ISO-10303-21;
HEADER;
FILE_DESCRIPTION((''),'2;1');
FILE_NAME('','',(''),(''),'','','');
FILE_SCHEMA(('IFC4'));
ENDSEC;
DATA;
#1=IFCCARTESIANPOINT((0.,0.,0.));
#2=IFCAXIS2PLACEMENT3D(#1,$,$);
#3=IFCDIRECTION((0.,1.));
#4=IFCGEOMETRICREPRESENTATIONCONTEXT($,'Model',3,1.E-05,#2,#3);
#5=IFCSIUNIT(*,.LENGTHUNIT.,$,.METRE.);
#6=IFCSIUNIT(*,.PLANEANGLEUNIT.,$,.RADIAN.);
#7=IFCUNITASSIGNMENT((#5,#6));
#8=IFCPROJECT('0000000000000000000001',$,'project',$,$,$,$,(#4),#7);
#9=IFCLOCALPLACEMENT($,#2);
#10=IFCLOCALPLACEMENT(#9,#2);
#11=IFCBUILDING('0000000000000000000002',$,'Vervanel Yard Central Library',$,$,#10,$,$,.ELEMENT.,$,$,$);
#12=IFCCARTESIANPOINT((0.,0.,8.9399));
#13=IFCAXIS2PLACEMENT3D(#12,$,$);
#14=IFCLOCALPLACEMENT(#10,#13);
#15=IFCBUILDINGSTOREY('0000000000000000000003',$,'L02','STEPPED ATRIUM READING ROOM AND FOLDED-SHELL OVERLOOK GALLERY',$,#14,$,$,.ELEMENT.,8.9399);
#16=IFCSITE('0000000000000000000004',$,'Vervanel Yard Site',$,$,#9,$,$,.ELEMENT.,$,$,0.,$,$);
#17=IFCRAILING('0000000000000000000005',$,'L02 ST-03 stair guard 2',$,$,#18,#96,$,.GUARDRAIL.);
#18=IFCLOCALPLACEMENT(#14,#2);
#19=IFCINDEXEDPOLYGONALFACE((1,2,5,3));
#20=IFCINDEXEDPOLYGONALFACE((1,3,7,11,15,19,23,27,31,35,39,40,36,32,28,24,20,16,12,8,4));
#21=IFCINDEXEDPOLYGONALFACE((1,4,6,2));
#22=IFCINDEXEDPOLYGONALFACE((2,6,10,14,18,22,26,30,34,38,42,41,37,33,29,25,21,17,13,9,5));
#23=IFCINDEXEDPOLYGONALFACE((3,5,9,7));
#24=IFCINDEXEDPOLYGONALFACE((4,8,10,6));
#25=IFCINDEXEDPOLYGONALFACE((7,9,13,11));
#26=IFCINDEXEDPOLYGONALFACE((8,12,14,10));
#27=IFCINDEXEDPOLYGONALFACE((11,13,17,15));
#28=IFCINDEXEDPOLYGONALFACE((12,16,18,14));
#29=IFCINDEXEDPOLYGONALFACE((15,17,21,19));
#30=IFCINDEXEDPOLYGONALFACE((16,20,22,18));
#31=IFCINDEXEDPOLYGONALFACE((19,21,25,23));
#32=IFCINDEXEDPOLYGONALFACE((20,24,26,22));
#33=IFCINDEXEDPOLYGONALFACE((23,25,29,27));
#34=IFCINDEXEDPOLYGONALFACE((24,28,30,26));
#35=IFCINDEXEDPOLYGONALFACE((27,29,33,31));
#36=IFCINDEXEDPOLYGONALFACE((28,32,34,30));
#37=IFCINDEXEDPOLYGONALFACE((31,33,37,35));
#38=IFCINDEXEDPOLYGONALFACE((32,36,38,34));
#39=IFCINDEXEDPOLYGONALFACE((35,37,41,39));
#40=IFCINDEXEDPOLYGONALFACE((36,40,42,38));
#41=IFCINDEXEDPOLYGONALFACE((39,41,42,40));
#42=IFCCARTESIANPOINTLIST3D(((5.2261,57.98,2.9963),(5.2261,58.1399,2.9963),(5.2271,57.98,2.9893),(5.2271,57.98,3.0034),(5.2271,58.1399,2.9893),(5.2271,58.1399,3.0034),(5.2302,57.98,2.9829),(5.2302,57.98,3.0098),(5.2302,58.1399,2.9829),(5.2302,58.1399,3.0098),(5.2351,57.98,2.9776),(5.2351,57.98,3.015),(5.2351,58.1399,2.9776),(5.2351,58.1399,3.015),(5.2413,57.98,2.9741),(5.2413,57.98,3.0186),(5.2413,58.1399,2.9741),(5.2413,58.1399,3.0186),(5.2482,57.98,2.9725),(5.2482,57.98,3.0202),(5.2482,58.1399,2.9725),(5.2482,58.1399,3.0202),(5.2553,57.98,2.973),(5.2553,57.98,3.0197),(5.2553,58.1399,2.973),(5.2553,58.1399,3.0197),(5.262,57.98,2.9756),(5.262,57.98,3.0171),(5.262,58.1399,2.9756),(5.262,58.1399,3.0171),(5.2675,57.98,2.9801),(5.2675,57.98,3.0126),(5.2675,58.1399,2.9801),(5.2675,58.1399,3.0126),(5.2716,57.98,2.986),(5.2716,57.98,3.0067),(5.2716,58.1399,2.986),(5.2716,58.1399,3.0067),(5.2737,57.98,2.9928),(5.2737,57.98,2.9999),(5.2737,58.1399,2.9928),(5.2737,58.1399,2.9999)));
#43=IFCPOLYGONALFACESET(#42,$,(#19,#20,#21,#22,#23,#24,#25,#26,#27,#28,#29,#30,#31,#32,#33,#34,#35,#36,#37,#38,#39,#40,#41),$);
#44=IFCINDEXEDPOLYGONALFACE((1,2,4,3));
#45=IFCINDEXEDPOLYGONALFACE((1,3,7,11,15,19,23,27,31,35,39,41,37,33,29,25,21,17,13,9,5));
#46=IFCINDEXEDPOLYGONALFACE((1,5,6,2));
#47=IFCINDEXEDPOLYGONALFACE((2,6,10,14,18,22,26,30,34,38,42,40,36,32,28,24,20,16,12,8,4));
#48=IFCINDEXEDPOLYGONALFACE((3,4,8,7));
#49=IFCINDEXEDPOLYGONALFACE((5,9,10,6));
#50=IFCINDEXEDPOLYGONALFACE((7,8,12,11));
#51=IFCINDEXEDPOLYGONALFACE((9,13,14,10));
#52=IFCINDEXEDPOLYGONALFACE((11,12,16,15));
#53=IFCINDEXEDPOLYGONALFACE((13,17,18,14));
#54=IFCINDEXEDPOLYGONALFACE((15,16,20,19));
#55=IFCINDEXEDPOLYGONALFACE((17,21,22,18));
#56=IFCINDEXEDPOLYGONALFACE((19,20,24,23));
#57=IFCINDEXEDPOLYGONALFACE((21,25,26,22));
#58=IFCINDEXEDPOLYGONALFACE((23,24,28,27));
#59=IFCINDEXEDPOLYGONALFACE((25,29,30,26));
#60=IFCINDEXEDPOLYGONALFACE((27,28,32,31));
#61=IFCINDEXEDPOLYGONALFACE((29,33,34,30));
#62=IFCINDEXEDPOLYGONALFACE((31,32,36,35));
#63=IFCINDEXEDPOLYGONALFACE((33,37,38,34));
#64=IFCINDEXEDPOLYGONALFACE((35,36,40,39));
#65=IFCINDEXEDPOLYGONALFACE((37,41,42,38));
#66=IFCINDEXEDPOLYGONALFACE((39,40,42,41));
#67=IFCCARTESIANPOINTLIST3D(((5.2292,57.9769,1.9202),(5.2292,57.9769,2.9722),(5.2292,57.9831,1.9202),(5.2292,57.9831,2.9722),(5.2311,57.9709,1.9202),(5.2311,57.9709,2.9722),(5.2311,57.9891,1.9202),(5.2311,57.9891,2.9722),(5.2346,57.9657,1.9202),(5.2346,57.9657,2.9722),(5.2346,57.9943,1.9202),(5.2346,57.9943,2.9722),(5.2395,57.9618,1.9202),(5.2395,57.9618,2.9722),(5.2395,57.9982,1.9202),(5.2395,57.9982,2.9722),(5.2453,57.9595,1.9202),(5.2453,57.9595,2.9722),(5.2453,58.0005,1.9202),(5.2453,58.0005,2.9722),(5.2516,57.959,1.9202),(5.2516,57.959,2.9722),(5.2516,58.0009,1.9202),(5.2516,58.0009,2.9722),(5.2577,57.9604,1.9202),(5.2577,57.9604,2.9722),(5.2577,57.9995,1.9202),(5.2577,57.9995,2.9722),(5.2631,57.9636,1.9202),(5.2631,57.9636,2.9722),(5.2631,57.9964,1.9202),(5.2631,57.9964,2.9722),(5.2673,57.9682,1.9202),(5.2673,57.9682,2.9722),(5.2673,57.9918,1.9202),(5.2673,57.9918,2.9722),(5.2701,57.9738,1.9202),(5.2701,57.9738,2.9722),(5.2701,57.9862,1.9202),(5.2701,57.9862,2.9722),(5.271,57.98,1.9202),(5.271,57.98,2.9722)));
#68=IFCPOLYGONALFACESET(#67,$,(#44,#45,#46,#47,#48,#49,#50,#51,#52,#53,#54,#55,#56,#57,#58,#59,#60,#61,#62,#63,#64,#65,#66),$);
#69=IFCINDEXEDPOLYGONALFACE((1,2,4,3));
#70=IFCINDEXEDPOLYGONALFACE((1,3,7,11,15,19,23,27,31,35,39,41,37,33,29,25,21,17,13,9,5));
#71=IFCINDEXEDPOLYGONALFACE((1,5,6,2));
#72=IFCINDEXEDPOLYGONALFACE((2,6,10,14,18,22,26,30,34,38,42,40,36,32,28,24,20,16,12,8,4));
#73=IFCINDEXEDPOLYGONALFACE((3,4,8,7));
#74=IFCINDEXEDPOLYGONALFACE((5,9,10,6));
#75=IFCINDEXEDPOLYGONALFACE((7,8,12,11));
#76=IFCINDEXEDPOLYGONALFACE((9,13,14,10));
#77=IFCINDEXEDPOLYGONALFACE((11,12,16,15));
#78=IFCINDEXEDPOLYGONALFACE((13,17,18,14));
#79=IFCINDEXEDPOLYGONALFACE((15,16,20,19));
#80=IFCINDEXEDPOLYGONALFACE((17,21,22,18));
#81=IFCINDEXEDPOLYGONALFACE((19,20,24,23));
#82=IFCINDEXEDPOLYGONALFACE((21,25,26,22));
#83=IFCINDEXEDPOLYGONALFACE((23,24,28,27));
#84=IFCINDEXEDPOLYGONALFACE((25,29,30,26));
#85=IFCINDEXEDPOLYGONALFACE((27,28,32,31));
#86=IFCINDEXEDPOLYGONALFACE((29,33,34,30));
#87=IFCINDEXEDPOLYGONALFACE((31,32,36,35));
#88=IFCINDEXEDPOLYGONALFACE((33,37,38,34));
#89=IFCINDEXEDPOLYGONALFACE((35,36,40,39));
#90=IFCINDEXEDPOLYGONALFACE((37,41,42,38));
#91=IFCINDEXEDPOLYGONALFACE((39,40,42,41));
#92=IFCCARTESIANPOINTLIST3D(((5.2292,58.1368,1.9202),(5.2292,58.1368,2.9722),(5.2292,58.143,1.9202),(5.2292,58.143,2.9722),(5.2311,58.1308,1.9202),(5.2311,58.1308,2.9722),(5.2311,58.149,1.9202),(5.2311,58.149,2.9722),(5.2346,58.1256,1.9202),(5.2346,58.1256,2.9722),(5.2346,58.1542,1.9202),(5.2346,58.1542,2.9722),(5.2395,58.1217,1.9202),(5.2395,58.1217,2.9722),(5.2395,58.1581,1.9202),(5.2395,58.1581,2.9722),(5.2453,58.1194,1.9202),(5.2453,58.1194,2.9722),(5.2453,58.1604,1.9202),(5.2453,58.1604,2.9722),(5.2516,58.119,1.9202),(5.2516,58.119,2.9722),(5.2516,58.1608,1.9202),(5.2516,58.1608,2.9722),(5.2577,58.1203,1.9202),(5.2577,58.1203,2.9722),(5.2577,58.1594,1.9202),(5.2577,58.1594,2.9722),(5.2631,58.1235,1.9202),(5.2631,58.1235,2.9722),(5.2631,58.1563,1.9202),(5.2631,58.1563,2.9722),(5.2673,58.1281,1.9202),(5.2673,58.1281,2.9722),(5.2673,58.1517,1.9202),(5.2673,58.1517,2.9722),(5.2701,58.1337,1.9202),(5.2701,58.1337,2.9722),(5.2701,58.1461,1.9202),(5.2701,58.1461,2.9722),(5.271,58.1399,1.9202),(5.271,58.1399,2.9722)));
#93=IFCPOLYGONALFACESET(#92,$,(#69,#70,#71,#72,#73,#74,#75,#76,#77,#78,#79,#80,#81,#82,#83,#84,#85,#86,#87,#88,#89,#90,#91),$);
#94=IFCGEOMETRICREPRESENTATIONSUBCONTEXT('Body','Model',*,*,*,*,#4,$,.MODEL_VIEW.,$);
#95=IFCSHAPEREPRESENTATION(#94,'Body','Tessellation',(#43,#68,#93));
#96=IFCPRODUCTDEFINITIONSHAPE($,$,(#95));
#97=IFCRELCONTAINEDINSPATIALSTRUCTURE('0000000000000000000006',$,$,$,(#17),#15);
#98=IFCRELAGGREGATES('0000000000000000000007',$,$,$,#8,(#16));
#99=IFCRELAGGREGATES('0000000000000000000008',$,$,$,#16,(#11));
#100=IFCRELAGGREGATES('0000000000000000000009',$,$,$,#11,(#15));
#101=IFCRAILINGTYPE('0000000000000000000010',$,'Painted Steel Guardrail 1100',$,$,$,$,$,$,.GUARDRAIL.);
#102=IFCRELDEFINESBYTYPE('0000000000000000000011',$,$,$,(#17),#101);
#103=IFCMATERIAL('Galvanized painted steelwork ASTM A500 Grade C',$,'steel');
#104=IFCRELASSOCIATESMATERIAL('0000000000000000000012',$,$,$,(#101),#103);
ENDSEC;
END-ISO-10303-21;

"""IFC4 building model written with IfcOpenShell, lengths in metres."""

from ifc_helpers import new_model, si_unit, direction, frame, origin, origin_2d, place, context, subcontext, project, spatial, circle, extrude, material, type_object, element, save


model = new_model("IFC4")

# Units and contexts
model_context = context("Model", 3, precision=1e-05, world=origin(), true_north=direction((0.0, 1.0)))
body_context = subcontext(model_context, "Body", "Model", "MODEL_VIEW")
ifc_project = project(units=[si_unit("LENGTHUNIT", "METRE"), si_unit("PLANEANGLEUNIT", "RADIAN")], contexts=[model_context])

# Site, building, storey
site_placement = place(None, origin())
site = spatial("IfcSite", under=ifc_project, at=site_placement, Name="Vervanel Yard Site", CompositionType="ELEMENT", RefElevation=0.0)
building_placement = place(site_placement, origin())
building = spatial("IfcBuilding", under=site, at=building_placement, Name="Vervanel Yard Central Library", CompositionType="ELEMENT")
storey_placement = place(building_placement, frame((0.0, 0.0, 8.9399)))
storey = spatial("IfcBuildingStorey", under=building, at=storey_placement, Name="L02", Description="STEPPED ATRIUM READING ROOM AND FOLDED-SHELL OVERLOOK GALLERY", CompositionType="ELEMENT", Elevation=8.9399)

# Shared definitions
ifc_material_1 = material(Name="Galvanized painted steelwork ASTM A500 Grade C", Category="steel")

# Railing
railing_type_1 = type_object("IfcRailingType", Name="Painted Steel Guardrail 1100", PredefinedType="GUARDRAIL", material=ifc_material_1)
railing_1_placement = place(storey_placement, frame((5.25, 57.98, 1.9202)))
element("IfcRailing", 1, at=railing_1_placement, inside=storey, type_object=railing_type_1, Name="L02 ST-03 stair guard 2", PredefinedType="GUARDRAIL", context=body_context, shape_type="SweptSolid", body=[
    extrude(circle(Radius=0.0239, at=origin_2d()), frame((0.0, 0.0, 1.0762), z_axis=(0.0, 1.0, 0.0), x_axis=(-1.0, 0.0, 0.0)), (0.0, 0.0, 1.0), 0.1599),
    extrude(circle(Radius=0.021, at=origin_2d()), origin(), (0.0, 0.0, 1.0), 1.052),
    extrude(circle(Radius=0.021, at=origin_2d()), frame((0.0, 0.1599, 0.0)), (0.0, 0.0, 1.0), 1.052),
])

save(model, "model.ifc")
